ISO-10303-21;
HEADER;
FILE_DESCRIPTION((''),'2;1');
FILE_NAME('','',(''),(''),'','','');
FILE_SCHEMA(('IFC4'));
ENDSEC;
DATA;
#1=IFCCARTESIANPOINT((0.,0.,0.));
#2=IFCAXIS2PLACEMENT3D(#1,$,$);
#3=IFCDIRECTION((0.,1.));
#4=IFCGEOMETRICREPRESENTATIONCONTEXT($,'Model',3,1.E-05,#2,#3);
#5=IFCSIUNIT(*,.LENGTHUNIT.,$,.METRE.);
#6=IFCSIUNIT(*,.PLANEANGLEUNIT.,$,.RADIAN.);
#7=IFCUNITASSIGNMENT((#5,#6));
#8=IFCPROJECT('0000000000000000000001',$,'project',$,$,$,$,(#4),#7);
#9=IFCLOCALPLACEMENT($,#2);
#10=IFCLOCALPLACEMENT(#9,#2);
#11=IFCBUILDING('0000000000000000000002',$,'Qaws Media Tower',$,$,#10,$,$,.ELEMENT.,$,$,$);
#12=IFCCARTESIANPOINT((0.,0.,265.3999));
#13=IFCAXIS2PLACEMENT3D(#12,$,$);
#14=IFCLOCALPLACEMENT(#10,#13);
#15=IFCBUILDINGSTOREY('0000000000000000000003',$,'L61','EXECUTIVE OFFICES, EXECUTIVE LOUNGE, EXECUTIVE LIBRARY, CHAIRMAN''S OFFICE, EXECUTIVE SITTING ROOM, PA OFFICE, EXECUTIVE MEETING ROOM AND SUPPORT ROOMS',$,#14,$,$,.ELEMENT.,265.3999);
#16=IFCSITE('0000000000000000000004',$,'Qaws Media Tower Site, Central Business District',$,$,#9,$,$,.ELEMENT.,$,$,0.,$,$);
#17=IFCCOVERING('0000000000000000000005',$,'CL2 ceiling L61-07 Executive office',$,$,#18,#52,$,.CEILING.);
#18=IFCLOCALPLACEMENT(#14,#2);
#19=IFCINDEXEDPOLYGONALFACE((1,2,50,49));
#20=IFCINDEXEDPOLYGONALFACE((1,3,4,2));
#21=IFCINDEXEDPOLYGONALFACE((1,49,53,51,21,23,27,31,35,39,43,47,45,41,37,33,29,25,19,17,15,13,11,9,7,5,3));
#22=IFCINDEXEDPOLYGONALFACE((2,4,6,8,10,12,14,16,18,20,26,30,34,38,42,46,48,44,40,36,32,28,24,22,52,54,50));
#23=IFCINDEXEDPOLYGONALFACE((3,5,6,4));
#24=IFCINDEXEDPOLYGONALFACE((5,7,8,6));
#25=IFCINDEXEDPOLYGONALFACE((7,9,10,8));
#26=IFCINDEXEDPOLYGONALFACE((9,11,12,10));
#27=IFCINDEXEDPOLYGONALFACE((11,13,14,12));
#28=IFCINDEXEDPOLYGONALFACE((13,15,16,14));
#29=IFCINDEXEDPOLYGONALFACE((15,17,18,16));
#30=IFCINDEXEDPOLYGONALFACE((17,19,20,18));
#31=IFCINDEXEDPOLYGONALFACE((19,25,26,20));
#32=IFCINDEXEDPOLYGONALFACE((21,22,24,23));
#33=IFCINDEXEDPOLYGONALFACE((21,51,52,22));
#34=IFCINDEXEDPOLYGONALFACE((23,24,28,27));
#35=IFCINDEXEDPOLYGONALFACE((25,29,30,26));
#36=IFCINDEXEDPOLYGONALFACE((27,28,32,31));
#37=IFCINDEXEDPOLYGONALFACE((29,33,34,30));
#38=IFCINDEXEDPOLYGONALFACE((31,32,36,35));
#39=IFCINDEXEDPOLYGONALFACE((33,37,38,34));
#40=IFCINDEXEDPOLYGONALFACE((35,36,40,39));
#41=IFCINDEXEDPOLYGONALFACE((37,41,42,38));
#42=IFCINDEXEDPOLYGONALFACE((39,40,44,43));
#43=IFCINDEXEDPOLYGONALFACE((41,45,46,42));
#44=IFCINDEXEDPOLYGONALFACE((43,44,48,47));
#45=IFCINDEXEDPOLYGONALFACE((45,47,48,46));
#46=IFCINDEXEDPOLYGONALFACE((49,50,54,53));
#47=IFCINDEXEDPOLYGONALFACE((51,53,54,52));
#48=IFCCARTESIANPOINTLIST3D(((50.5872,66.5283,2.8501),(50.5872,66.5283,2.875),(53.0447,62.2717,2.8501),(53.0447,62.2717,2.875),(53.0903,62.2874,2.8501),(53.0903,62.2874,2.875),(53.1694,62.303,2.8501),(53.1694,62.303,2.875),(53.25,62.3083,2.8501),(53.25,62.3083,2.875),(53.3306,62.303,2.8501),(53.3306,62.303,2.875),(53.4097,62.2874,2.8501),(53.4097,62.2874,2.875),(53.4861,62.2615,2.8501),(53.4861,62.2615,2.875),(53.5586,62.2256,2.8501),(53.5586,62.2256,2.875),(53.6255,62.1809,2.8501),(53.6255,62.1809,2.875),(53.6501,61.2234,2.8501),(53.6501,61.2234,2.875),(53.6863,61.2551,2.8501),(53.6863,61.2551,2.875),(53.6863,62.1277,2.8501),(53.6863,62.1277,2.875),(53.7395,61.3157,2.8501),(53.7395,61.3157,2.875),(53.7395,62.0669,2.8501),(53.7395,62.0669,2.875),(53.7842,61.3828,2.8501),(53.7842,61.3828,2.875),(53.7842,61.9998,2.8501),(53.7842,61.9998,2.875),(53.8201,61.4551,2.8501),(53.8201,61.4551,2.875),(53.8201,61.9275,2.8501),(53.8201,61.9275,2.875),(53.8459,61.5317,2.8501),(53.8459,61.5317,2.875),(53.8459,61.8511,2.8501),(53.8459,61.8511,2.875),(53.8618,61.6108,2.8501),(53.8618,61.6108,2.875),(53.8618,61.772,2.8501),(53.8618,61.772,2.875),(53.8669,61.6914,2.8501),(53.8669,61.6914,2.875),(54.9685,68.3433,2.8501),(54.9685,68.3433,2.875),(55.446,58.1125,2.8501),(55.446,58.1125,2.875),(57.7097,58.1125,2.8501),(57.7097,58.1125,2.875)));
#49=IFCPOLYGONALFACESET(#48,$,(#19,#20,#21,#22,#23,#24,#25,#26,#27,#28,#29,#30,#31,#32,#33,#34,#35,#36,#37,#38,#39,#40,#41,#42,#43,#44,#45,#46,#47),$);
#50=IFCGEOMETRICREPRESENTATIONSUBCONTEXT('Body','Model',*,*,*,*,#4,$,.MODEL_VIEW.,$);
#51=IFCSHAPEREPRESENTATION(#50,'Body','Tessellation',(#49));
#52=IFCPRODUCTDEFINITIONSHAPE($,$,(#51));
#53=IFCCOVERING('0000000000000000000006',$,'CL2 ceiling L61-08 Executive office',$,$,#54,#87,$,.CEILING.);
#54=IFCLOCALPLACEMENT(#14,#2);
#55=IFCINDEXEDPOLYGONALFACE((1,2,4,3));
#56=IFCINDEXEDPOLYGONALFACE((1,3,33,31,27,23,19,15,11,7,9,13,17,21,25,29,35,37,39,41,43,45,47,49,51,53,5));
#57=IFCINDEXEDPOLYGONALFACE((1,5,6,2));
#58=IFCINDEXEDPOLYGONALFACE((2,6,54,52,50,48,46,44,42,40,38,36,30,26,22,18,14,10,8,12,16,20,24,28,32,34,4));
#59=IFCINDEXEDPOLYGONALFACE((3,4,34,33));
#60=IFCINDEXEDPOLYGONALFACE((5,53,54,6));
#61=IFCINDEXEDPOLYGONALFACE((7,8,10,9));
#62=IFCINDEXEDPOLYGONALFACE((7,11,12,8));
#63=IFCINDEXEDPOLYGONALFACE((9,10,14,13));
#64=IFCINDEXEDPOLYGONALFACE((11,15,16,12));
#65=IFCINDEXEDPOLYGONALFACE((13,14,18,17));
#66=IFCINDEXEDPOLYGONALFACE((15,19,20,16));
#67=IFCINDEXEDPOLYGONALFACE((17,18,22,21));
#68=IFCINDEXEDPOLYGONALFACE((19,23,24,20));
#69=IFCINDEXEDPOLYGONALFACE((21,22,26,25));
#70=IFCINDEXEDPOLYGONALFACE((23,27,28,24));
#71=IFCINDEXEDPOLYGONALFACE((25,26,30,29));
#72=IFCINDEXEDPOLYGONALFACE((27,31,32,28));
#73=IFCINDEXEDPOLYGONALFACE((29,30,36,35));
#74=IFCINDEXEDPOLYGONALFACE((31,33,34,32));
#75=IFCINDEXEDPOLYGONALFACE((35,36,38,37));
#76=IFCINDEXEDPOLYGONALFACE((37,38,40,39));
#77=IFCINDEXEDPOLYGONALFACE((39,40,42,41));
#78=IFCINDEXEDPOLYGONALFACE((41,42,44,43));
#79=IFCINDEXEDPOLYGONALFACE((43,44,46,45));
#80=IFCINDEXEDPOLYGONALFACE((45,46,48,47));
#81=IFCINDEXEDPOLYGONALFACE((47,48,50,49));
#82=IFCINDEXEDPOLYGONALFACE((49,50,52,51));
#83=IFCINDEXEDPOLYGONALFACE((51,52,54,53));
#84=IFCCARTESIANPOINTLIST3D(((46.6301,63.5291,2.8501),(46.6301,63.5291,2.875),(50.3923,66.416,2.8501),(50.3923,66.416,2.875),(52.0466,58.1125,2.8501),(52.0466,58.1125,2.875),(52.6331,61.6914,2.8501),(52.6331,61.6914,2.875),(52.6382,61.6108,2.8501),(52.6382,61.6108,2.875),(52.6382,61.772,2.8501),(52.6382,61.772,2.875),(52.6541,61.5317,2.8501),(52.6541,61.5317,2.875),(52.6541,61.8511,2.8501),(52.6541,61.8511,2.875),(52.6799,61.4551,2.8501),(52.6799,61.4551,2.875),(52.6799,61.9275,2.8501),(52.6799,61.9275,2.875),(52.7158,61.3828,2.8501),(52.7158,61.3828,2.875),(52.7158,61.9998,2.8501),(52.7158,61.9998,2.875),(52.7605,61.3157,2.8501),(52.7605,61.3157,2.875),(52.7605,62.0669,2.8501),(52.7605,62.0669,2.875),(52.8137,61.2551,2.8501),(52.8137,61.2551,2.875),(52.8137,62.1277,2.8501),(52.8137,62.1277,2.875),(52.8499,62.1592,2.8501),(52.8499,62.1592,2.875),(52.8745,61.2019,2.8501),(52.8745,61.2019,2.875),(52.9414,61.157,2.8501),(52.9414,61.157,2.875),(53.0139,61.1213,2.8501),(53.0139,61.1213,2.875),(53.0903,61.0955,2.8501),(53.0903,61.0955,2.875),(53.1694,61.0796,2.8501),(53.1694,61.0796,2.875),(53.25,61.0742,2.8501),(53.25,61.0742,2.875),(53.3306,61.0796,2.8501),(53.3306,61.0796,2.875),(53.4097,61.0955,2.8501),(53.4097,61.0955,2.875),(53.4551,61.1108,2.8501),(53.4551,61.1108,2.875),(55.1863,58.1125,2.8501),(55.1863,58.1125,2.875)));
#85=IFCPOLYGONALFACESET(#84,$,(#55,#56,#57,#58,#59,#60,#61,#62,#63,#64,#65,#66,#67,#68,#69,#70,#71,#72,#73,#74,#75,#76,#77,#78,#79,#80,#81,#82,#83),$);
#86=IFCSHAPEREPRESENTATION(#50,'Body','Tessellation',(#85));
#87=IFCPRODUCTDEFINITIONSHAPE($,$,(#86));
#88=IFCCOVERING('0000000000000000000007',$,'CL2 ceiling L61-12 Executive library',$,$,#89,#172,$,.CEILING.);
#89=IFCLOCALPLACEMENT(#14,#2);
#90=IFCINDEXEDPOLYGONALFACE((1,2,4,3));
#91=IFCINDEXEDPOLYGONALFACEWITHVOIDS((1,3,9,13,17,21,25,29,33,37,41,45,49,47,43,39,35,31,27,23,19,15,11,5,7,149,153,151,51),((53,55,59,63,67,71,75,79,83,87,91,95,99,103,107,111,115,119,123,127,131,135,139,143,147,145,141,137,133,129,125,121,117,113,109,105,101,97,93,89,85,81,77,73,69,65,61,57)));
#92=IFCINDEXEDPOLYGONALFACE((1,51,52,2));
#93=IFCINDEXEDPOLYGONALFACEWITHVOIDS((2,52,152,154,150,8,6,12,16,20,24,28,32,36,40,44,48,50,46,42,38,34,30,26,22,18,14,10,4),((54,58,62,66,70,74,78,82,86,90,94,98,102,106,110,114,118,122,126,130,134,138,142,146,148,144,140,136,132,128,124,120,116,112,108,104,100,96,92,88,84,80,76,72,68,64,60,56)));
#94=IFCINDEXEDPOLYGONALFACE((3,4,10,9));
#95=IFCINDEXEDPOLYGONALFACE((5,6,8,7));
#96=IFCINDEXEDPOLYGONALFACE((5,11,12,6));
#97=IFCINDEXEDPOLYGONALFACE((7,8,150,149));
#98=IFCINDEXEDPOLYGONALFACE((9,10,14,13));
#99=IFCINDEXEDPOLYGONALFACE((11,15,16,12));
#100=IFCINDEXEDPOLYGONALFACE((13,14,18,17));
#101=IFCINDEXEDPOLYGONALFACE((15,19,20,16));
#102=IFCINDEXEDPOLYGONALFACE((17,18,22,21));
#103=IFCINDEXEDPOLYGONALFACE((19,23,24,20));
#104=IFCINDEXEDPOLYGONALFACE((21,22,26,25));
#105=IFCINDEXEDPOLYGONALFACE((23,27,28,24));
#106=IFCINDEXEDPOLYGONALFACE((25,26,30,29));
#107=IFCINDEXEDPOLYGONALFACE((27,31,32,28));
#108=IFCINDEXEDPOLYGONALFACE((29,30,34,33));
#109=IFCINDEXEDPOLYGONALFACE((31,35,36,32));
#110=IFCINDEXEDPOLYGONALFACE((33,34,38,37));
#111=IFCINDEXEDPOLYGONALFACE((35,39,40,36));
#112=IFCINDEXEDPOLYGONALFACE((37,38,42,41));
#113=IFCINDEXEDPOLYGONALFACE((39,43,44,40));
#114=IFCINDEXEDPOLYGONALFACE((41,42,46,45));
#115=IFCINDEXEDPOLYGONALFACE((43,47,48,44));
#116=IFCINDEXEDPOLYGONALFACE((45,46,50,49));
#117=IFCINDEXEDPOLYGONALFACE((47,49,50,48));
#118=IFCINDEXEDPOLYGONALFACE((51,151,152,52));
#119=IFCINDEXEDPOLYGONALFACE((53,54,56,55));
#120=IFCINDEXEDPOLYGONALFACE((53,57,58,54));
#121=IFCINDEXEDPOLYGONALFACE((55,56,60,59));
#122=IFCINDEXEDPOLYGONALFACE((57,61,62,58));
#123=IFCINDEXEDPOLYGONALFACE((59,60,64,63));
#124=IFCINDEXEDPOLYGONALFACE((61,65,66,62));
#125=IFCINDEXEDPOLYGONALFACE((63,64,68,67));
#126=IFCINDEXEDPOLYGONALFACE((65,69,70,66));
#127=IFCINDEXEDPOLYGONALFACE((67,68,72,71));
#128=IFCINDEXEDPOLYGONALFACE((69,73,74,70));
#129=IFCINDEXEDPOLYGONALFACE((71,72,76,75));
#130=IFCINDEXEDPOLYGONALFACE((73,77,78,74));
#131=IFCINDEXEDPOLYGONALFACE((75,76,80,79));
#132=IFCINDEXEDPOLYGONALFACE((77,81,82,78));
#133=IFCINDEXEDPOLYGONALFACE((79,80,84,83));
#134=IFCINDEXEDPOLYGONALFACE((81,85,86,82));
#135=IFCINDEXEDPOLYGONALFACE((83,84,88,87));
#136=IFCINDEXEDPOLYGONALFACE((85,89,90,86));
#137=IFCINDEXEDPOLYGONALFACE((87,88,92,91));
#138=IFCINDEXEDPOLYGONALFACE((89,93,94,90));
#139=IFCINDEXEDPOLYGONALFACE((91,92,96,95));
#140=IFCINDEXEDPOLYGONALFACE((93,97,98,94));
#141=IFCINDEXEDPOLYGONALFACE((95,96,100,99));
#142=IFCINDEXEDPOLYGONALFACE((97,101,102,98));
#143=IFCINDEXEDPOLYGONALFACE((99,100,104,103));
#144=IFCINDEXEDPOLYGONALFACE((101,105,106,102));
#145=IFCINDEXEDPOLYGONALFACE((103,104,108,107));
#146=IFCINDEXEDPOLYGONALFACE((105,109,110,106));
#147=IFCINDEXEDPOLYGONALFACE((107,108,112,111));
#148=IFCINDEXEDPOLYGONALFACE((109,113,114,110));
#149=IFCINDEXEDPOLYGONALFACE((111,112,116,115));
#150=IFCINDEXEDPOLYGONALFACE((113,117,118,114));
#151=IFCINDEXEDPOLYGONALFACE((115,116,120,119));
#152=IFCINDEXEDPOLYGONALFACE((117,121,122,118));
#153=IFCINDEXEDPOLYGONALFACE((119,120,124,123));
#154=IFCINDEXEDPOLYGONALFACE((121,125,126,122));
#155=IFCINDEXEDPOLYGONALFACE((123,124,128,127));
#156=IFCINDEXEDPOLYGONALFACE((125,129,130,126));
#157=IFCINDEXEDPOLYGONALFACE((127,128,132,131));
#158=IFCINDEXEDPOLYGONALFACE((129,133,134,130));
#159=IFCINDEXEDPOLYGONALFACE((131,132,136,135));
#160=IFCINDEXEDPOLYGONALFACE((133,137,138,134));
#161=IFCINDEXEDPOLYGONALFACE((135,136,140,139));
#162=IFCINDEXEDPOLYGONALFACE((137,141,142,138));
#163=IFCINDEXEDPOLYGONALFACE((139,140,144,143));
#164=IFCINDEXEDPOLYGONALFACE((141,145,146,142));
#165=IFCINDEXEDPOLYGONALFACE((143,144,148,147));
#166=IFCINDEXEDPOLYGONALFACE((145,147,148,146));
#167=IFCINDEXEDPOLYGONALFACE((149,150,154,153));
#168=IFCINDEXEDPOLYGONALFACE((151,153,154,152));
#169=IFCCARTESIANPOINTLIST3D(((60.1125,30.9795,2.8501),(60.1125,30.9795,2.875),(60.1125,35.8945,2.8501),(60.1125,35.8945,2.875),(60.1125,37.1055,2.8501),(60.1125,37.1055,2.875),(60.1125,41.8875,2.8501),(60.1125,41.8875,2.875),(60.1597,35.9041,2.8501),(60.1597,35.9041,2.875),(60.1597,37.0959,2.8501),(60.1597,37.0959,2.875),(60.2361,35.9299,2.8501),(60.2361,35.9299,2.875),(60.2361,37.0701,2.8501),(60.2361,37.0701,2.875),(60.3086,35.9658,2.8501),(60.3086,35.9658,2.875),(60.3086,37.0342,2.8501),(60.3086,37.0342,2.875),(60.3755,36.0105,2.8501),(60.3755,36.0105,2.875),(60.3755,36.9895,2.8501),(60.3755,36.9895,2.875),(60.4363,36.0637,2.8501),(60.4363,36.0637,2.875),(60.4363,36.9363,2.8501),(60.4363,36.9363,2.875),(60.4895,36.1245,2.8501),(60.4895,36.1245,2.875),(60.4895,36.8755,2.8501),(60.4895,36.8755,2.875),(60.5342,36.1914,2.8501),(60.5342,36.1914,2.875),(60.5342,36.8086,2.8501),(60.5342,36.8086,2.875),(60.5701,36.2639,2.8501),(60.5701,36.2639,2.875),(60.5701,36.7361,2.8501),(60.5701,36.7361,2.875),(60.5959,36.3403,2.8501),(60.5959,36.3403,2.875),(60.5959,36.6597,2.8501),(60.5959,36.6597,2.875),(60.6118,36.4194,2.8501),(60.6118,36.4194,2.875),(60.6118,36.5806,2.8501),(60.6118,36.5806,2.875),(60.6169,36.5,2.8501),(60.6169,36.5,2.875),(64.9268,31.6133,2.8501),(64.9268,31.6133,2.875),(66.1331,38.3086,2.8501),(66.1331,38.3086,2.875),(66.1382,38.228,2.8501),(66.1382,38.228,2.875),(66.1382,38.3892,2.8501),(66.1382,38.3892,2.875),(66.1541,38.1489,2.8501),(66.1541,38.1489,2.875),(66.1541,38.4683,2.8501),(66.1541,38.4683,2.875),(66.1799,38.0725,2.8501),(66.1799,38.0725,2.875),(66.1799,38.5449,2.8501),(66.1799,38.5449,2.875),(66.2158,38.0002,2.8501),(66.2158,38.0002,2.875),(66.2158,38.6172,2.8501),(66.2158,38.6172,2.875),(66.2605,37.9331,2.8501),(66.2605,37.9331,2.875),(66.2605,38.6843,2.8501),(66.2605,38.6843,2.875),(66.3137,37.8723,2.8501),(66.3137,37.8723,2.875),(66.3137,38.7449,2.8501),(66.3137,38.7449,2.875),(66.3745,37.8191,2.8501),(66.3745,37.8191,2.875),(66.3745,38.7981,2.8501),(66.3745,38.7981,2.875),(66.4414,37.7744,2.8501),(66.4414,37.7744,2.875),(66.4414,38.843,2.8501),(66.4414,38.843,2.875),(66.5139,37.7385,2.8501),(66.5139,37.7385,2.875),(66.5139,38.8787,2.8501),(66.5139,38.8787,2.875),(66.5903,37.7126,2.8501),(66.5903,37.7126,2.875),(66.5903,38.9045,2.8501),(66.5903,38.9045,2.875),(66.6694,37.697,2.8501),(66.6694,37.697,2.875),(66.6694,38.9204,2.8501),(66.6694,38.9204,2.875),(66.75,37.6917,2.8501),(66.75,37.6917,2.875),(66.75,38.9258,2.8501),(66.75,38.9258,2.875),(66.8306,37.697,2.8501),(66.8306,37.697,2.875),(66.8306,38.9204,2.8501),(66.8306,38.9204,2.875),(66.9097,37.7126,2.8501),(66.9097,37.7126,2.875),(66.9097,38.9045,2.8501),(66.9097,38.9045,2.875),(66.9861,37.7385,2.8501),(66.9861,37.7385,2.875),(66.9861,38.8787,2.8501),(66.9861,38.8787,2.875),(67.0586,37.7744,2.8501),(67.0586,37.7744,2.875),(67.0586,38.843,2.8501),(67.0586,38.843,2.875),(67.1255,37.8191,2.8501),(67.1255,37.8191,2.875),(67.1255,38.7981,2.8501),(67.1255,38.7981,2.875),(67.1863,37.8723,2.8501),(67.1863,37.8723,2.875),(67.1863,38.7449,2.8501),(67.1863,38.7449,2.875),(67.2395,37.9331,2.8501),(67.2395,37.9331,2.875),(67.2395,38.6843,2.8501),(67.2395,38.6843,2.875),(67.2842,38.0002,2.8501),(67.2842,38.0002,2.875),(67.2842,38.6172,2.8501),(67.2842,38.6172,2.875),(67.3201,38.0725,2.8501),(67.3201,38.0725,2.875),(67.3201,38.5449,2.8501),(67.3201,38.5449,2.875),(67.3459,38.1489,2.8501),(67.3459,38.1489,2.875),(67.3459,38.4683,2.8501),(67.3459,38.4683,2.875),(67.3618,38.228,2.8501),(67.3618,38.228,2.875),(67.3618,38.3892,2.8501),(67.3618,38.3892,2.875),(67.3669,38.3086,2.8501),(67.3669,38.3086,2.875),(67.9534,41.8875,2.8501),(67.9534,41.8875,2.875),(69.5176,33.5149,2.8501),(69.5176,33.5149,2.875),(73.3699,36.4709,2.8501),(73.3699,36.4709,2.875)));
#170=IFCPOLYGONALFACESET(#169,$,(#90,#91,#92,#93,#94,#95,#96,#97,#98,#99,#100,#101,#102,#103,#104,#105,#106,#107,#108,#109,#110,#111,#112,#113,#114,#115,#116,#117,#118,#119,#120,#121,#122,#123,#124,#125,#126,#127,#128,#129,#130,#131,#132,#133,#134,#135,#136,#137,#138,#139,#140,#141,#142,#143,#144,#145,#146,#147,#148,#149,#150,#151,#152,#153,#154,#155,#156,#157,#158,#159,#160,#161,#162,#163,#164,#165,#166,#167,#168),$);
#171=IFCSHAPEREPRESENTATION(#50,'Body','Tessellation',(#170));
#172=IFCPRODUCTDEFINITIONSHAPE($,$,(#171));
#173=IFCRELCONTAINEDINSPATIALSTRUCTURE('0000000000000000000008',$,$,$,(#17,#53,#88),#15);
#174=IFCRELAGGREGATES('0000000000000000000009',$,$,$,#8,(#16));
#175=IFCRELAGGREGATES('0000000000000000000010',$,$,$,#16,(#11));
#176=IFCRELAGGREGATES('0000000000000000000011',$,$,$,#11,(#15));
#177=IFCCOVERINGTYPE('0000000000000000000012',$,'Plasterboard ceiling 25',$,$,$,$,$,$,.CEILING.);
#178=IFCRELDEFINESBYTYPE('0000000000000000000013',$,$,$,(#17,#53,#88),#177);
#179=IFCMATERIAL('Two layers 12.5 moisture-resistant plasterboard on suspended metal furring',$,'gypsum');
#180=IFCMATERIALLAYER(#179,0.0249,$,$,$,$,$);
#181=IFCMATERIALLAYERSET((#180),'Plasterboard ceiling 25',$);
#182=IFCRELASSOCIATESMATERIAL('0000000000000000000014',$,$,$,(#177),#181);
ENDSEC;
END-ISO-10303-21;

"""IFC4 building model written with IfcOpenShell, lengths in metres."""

from ifc_helpers import new_model, si_unit, direction, frame, origin, place, context, subcontext, project, spatial, polyline, outline, extrude, material, layer, layer_set, type_object, element, save


model = new_model("IFC4")

# Units and contexts
model_context = context("Model", 3, precision=1e-05, world=origin(), true_north=direction((0.0, 1.0)))
body_context = subcontext(model_context, "Body", "Model", "MODEL_VIEW")
ifc_project = project(units=[si_unit("LENGTHUNIT", "METRE"), si_unit("PLANEANGLEUNIT", "RADIAN")], contexts=[model_context])

# Site, building, storey
site_placement = place(None, origin())
site = spatial("IfcSite", under=ifc_project, at=site_placement, Name="Qaws Media Tower Site, Central Business District", CompositionType="ELEMENT", RefElevation=0.0)
building_placement = place(site_placement, origin())
building = spatial("IfcBuilding", under=site, at=building_placement, Name="Qaws Media Tower", CompositionType="ELEMENT")
storey_placement = place(building_placement, frame((0.0, 0.0, 265.3999)))
storey = spatial("IfcBuildingStorey", under=building, at=storey_placement, Name="L61", Description="EXECUTIVE OFFICES, EXECUTIVE LOUNGE, EXECUTIVE LIBRARY, CHAIRMAN'S OFFICE, EXECUTIVE SITTING ROOM, PA OFFICE, EXECUTIVE MEETING ROOM AND SUPPORT ROOMS", CompositionType="ELEMENT", Elevation=265.3999)

# Coverings
ifc_material_1 = material(Name="Two layers 12.5 moisture-resistant plasterboard on suspended metal furring", Category="gypsum")
ifc_layer_1 = layer(ifc_material_1, 0.0249)
ifc_layer_set_1 = layer_set([ifc_layer_1], Name="Plasterboard ceiling 25")
covering_type_1 = type_object("IfcCoveringType", Name="Plasterboard ceiling 25", PredefinedType="CEILING", material=ifc_layer_set_1)
covering_1_placement = place(storey_placement, frame((0.0, 0.0, 2.8501)))
element("IfcCovering", 1, at=covering_1_placement, inside=storey, type_object=covering_type_1, Name="CL2 ceiling L61-07 Executive office", PredefinedType="CEILING", context=body_context, shape_type="SweptSolid", body=[
    extrude(outline(polyline([(54.9685, 68.3433), (57.7097, 58.1125), (55.446, 58.1125), (53.6501, 61.2234), (53.6863, 61.2551), (53.7395, 61.3157), (53.7842, 61.3828), (53.8201, 61.4551), (53.8459, 61.5317), (53.8618, 61.6108), (53.8669, 61.6914), (53.8618, 61.772), (53.8459, 61.8511), (53.8201, 61.9275), (53.7842, 61.9998), (53.7395, 62.0669), (53.6863, 62.1277), (53.6255, 62.1809), (53.5586, 62.2256), (53.4861, 62.2615), (53.4097, 62.2874), (53.3306, 62.303), (53.25, 62.3083), (53.1694, 62.303), (53.0903, 62.2874), (53.0447, 62.2717), (50.5872, 66.5283), (54.9685, 68.3433)])), origin(), (0.0, 0.0, 1.0), 0.0249),
])
covering_2_placement = place(storey_placement, frame((0.0, 0.0, 2.8501)))
element("IfcCovering", 2, at=covering_2_placement, inside=storey, type_object=covering_type_1, Name="CL2 ceiling L61-08 Executive office", PredefinedType="CEILING", context=body_context, shape_type="SweptSolid", body=[
    extrude(outline(polyline([(50.3923, 66.416), (52.8499, 62.1592), (52.8137, 62.1277), (52.7605, 62.0669), (52.7158, 61.9998), (52.6799, 61.9275), (52.6541, 61.8511), (52.6382, 61.772), (52.6331, 61.6914), (52.6382, 61.6108), (52.6541, 61.5317), (52.6799, 61.4551), (52.7158, 61.3828), (52.7605, 61.3157), (52.8137, 61.2551), (52.8745, 61.2019), (52.9414, 61.157), (53.0139, 61.1213), (53.0903, 61.0955), (53.1694, 61.0796), (53.25, 61.0742), (53.3306, 61.0796), (53.4097, 61.0955), (53.4551, 61.1108), (55.1863, 58.1125), (52.0466, 58.1125), (46.6301, 63.5291), (50.3923, 66.416)])), origin(), (0.0, 0.0, 1.0), 0.0249),
])
covering_3_placement = place(storey_placement, frame((0.0, 0.0, 2.8501)))
element("IfcCovering", 3, at=covering_3_placement, inside=storey, type_object=covering_type_1, Name="CL2 ceiling L61-12 Executive library", PredefinedType="CEILING", context=body_context, shape_type="SweptSolid", body=[
    extrude(outline(polyline([(69.5176, 33.5149), (64.9268, 31.6133), (60.1125, 30.9795), (60.1125, 35.8945), (60.1597, 35.9041), (60.2361, 35.9299), (60.3086, 35.9658), (60.3755, 36.0105), (60.4363, 36.0637), (60.4895, 36.1245), (60.5342, 36.1914), (60.5701, 36.2639), (60.5959, 36.3403), (60.6118, 36.4194), (60.6169, 36.5), (60.6118, 36.5806), (60.5959, 36.6597), (60.5701, 36.7361), (60.5342, 36.8086), (60.4895, 36.8755), (60.4363, 36.9363), (60.3755, 36.9895), (60.3086, 37.0342), (60.2361, 37.0701), (60.1597, 37.0959), (60.1125, 37.1055), (60.1125, 41.8875), (67.9534, 41.8875), (73.3699, 36.4709), (69.5176, 33.5149)]), holes=[polyline([(67.3201, 38.0725), (67.3459, 38.1489), (67.3618, 38.228), (67.3669, 38.3086), (67.3618, 38.3892), (67.3459, 38.4683), (67.3201, 38.5449), (67.2842, 38.6172), (67.2395, 38.6843), (67.1863, 38.7449), (67.1255, 38.7981), (67.0586, 38.843), (66.9861, 38.8787), (66.9097, 38.9045), (66.8306, 38.9204), (66.75, 38.9258), (66.6694, 38.9204), (66.5903, 38.9045), (66.5139, 38.8787), (66.4414, 38.843), (66.3745, 38.7981), (66.3137, 38.7449), (66.2605, 38.6843), (66.2158, 38.6172), (66.1799, 38.5449), (66.1541, 38.4683), (66.1382, 38.3892), (66.1331, 38.3086), (66.1382, 38.228), (66.1541, 38.1489), (66.1799, 38.0725), (66.2158, 38.0002), (66.2605, 37.9331), (66.3137, 37.8723), (66.3745, 37.8191), (66.4414, 37.7744), (66.5139, 37.7385), (66.5903, 37.7126), (66.6694, 37.697), (66.75, 37.6917), (66.8306, 37.697), (66.9097, 37.7126), (66.9861, 37.7385), (67.0586, 37.7744), (67.1255, 37.8191), (67.1863, 37.8723), (67.2395, 37.9331), (67.2842, 38.0002), (67.3201, 38.0725)])]), origin(), (0.0, 0.0, 1.0), 0.0249),
])

save(model, "model.ifc")
